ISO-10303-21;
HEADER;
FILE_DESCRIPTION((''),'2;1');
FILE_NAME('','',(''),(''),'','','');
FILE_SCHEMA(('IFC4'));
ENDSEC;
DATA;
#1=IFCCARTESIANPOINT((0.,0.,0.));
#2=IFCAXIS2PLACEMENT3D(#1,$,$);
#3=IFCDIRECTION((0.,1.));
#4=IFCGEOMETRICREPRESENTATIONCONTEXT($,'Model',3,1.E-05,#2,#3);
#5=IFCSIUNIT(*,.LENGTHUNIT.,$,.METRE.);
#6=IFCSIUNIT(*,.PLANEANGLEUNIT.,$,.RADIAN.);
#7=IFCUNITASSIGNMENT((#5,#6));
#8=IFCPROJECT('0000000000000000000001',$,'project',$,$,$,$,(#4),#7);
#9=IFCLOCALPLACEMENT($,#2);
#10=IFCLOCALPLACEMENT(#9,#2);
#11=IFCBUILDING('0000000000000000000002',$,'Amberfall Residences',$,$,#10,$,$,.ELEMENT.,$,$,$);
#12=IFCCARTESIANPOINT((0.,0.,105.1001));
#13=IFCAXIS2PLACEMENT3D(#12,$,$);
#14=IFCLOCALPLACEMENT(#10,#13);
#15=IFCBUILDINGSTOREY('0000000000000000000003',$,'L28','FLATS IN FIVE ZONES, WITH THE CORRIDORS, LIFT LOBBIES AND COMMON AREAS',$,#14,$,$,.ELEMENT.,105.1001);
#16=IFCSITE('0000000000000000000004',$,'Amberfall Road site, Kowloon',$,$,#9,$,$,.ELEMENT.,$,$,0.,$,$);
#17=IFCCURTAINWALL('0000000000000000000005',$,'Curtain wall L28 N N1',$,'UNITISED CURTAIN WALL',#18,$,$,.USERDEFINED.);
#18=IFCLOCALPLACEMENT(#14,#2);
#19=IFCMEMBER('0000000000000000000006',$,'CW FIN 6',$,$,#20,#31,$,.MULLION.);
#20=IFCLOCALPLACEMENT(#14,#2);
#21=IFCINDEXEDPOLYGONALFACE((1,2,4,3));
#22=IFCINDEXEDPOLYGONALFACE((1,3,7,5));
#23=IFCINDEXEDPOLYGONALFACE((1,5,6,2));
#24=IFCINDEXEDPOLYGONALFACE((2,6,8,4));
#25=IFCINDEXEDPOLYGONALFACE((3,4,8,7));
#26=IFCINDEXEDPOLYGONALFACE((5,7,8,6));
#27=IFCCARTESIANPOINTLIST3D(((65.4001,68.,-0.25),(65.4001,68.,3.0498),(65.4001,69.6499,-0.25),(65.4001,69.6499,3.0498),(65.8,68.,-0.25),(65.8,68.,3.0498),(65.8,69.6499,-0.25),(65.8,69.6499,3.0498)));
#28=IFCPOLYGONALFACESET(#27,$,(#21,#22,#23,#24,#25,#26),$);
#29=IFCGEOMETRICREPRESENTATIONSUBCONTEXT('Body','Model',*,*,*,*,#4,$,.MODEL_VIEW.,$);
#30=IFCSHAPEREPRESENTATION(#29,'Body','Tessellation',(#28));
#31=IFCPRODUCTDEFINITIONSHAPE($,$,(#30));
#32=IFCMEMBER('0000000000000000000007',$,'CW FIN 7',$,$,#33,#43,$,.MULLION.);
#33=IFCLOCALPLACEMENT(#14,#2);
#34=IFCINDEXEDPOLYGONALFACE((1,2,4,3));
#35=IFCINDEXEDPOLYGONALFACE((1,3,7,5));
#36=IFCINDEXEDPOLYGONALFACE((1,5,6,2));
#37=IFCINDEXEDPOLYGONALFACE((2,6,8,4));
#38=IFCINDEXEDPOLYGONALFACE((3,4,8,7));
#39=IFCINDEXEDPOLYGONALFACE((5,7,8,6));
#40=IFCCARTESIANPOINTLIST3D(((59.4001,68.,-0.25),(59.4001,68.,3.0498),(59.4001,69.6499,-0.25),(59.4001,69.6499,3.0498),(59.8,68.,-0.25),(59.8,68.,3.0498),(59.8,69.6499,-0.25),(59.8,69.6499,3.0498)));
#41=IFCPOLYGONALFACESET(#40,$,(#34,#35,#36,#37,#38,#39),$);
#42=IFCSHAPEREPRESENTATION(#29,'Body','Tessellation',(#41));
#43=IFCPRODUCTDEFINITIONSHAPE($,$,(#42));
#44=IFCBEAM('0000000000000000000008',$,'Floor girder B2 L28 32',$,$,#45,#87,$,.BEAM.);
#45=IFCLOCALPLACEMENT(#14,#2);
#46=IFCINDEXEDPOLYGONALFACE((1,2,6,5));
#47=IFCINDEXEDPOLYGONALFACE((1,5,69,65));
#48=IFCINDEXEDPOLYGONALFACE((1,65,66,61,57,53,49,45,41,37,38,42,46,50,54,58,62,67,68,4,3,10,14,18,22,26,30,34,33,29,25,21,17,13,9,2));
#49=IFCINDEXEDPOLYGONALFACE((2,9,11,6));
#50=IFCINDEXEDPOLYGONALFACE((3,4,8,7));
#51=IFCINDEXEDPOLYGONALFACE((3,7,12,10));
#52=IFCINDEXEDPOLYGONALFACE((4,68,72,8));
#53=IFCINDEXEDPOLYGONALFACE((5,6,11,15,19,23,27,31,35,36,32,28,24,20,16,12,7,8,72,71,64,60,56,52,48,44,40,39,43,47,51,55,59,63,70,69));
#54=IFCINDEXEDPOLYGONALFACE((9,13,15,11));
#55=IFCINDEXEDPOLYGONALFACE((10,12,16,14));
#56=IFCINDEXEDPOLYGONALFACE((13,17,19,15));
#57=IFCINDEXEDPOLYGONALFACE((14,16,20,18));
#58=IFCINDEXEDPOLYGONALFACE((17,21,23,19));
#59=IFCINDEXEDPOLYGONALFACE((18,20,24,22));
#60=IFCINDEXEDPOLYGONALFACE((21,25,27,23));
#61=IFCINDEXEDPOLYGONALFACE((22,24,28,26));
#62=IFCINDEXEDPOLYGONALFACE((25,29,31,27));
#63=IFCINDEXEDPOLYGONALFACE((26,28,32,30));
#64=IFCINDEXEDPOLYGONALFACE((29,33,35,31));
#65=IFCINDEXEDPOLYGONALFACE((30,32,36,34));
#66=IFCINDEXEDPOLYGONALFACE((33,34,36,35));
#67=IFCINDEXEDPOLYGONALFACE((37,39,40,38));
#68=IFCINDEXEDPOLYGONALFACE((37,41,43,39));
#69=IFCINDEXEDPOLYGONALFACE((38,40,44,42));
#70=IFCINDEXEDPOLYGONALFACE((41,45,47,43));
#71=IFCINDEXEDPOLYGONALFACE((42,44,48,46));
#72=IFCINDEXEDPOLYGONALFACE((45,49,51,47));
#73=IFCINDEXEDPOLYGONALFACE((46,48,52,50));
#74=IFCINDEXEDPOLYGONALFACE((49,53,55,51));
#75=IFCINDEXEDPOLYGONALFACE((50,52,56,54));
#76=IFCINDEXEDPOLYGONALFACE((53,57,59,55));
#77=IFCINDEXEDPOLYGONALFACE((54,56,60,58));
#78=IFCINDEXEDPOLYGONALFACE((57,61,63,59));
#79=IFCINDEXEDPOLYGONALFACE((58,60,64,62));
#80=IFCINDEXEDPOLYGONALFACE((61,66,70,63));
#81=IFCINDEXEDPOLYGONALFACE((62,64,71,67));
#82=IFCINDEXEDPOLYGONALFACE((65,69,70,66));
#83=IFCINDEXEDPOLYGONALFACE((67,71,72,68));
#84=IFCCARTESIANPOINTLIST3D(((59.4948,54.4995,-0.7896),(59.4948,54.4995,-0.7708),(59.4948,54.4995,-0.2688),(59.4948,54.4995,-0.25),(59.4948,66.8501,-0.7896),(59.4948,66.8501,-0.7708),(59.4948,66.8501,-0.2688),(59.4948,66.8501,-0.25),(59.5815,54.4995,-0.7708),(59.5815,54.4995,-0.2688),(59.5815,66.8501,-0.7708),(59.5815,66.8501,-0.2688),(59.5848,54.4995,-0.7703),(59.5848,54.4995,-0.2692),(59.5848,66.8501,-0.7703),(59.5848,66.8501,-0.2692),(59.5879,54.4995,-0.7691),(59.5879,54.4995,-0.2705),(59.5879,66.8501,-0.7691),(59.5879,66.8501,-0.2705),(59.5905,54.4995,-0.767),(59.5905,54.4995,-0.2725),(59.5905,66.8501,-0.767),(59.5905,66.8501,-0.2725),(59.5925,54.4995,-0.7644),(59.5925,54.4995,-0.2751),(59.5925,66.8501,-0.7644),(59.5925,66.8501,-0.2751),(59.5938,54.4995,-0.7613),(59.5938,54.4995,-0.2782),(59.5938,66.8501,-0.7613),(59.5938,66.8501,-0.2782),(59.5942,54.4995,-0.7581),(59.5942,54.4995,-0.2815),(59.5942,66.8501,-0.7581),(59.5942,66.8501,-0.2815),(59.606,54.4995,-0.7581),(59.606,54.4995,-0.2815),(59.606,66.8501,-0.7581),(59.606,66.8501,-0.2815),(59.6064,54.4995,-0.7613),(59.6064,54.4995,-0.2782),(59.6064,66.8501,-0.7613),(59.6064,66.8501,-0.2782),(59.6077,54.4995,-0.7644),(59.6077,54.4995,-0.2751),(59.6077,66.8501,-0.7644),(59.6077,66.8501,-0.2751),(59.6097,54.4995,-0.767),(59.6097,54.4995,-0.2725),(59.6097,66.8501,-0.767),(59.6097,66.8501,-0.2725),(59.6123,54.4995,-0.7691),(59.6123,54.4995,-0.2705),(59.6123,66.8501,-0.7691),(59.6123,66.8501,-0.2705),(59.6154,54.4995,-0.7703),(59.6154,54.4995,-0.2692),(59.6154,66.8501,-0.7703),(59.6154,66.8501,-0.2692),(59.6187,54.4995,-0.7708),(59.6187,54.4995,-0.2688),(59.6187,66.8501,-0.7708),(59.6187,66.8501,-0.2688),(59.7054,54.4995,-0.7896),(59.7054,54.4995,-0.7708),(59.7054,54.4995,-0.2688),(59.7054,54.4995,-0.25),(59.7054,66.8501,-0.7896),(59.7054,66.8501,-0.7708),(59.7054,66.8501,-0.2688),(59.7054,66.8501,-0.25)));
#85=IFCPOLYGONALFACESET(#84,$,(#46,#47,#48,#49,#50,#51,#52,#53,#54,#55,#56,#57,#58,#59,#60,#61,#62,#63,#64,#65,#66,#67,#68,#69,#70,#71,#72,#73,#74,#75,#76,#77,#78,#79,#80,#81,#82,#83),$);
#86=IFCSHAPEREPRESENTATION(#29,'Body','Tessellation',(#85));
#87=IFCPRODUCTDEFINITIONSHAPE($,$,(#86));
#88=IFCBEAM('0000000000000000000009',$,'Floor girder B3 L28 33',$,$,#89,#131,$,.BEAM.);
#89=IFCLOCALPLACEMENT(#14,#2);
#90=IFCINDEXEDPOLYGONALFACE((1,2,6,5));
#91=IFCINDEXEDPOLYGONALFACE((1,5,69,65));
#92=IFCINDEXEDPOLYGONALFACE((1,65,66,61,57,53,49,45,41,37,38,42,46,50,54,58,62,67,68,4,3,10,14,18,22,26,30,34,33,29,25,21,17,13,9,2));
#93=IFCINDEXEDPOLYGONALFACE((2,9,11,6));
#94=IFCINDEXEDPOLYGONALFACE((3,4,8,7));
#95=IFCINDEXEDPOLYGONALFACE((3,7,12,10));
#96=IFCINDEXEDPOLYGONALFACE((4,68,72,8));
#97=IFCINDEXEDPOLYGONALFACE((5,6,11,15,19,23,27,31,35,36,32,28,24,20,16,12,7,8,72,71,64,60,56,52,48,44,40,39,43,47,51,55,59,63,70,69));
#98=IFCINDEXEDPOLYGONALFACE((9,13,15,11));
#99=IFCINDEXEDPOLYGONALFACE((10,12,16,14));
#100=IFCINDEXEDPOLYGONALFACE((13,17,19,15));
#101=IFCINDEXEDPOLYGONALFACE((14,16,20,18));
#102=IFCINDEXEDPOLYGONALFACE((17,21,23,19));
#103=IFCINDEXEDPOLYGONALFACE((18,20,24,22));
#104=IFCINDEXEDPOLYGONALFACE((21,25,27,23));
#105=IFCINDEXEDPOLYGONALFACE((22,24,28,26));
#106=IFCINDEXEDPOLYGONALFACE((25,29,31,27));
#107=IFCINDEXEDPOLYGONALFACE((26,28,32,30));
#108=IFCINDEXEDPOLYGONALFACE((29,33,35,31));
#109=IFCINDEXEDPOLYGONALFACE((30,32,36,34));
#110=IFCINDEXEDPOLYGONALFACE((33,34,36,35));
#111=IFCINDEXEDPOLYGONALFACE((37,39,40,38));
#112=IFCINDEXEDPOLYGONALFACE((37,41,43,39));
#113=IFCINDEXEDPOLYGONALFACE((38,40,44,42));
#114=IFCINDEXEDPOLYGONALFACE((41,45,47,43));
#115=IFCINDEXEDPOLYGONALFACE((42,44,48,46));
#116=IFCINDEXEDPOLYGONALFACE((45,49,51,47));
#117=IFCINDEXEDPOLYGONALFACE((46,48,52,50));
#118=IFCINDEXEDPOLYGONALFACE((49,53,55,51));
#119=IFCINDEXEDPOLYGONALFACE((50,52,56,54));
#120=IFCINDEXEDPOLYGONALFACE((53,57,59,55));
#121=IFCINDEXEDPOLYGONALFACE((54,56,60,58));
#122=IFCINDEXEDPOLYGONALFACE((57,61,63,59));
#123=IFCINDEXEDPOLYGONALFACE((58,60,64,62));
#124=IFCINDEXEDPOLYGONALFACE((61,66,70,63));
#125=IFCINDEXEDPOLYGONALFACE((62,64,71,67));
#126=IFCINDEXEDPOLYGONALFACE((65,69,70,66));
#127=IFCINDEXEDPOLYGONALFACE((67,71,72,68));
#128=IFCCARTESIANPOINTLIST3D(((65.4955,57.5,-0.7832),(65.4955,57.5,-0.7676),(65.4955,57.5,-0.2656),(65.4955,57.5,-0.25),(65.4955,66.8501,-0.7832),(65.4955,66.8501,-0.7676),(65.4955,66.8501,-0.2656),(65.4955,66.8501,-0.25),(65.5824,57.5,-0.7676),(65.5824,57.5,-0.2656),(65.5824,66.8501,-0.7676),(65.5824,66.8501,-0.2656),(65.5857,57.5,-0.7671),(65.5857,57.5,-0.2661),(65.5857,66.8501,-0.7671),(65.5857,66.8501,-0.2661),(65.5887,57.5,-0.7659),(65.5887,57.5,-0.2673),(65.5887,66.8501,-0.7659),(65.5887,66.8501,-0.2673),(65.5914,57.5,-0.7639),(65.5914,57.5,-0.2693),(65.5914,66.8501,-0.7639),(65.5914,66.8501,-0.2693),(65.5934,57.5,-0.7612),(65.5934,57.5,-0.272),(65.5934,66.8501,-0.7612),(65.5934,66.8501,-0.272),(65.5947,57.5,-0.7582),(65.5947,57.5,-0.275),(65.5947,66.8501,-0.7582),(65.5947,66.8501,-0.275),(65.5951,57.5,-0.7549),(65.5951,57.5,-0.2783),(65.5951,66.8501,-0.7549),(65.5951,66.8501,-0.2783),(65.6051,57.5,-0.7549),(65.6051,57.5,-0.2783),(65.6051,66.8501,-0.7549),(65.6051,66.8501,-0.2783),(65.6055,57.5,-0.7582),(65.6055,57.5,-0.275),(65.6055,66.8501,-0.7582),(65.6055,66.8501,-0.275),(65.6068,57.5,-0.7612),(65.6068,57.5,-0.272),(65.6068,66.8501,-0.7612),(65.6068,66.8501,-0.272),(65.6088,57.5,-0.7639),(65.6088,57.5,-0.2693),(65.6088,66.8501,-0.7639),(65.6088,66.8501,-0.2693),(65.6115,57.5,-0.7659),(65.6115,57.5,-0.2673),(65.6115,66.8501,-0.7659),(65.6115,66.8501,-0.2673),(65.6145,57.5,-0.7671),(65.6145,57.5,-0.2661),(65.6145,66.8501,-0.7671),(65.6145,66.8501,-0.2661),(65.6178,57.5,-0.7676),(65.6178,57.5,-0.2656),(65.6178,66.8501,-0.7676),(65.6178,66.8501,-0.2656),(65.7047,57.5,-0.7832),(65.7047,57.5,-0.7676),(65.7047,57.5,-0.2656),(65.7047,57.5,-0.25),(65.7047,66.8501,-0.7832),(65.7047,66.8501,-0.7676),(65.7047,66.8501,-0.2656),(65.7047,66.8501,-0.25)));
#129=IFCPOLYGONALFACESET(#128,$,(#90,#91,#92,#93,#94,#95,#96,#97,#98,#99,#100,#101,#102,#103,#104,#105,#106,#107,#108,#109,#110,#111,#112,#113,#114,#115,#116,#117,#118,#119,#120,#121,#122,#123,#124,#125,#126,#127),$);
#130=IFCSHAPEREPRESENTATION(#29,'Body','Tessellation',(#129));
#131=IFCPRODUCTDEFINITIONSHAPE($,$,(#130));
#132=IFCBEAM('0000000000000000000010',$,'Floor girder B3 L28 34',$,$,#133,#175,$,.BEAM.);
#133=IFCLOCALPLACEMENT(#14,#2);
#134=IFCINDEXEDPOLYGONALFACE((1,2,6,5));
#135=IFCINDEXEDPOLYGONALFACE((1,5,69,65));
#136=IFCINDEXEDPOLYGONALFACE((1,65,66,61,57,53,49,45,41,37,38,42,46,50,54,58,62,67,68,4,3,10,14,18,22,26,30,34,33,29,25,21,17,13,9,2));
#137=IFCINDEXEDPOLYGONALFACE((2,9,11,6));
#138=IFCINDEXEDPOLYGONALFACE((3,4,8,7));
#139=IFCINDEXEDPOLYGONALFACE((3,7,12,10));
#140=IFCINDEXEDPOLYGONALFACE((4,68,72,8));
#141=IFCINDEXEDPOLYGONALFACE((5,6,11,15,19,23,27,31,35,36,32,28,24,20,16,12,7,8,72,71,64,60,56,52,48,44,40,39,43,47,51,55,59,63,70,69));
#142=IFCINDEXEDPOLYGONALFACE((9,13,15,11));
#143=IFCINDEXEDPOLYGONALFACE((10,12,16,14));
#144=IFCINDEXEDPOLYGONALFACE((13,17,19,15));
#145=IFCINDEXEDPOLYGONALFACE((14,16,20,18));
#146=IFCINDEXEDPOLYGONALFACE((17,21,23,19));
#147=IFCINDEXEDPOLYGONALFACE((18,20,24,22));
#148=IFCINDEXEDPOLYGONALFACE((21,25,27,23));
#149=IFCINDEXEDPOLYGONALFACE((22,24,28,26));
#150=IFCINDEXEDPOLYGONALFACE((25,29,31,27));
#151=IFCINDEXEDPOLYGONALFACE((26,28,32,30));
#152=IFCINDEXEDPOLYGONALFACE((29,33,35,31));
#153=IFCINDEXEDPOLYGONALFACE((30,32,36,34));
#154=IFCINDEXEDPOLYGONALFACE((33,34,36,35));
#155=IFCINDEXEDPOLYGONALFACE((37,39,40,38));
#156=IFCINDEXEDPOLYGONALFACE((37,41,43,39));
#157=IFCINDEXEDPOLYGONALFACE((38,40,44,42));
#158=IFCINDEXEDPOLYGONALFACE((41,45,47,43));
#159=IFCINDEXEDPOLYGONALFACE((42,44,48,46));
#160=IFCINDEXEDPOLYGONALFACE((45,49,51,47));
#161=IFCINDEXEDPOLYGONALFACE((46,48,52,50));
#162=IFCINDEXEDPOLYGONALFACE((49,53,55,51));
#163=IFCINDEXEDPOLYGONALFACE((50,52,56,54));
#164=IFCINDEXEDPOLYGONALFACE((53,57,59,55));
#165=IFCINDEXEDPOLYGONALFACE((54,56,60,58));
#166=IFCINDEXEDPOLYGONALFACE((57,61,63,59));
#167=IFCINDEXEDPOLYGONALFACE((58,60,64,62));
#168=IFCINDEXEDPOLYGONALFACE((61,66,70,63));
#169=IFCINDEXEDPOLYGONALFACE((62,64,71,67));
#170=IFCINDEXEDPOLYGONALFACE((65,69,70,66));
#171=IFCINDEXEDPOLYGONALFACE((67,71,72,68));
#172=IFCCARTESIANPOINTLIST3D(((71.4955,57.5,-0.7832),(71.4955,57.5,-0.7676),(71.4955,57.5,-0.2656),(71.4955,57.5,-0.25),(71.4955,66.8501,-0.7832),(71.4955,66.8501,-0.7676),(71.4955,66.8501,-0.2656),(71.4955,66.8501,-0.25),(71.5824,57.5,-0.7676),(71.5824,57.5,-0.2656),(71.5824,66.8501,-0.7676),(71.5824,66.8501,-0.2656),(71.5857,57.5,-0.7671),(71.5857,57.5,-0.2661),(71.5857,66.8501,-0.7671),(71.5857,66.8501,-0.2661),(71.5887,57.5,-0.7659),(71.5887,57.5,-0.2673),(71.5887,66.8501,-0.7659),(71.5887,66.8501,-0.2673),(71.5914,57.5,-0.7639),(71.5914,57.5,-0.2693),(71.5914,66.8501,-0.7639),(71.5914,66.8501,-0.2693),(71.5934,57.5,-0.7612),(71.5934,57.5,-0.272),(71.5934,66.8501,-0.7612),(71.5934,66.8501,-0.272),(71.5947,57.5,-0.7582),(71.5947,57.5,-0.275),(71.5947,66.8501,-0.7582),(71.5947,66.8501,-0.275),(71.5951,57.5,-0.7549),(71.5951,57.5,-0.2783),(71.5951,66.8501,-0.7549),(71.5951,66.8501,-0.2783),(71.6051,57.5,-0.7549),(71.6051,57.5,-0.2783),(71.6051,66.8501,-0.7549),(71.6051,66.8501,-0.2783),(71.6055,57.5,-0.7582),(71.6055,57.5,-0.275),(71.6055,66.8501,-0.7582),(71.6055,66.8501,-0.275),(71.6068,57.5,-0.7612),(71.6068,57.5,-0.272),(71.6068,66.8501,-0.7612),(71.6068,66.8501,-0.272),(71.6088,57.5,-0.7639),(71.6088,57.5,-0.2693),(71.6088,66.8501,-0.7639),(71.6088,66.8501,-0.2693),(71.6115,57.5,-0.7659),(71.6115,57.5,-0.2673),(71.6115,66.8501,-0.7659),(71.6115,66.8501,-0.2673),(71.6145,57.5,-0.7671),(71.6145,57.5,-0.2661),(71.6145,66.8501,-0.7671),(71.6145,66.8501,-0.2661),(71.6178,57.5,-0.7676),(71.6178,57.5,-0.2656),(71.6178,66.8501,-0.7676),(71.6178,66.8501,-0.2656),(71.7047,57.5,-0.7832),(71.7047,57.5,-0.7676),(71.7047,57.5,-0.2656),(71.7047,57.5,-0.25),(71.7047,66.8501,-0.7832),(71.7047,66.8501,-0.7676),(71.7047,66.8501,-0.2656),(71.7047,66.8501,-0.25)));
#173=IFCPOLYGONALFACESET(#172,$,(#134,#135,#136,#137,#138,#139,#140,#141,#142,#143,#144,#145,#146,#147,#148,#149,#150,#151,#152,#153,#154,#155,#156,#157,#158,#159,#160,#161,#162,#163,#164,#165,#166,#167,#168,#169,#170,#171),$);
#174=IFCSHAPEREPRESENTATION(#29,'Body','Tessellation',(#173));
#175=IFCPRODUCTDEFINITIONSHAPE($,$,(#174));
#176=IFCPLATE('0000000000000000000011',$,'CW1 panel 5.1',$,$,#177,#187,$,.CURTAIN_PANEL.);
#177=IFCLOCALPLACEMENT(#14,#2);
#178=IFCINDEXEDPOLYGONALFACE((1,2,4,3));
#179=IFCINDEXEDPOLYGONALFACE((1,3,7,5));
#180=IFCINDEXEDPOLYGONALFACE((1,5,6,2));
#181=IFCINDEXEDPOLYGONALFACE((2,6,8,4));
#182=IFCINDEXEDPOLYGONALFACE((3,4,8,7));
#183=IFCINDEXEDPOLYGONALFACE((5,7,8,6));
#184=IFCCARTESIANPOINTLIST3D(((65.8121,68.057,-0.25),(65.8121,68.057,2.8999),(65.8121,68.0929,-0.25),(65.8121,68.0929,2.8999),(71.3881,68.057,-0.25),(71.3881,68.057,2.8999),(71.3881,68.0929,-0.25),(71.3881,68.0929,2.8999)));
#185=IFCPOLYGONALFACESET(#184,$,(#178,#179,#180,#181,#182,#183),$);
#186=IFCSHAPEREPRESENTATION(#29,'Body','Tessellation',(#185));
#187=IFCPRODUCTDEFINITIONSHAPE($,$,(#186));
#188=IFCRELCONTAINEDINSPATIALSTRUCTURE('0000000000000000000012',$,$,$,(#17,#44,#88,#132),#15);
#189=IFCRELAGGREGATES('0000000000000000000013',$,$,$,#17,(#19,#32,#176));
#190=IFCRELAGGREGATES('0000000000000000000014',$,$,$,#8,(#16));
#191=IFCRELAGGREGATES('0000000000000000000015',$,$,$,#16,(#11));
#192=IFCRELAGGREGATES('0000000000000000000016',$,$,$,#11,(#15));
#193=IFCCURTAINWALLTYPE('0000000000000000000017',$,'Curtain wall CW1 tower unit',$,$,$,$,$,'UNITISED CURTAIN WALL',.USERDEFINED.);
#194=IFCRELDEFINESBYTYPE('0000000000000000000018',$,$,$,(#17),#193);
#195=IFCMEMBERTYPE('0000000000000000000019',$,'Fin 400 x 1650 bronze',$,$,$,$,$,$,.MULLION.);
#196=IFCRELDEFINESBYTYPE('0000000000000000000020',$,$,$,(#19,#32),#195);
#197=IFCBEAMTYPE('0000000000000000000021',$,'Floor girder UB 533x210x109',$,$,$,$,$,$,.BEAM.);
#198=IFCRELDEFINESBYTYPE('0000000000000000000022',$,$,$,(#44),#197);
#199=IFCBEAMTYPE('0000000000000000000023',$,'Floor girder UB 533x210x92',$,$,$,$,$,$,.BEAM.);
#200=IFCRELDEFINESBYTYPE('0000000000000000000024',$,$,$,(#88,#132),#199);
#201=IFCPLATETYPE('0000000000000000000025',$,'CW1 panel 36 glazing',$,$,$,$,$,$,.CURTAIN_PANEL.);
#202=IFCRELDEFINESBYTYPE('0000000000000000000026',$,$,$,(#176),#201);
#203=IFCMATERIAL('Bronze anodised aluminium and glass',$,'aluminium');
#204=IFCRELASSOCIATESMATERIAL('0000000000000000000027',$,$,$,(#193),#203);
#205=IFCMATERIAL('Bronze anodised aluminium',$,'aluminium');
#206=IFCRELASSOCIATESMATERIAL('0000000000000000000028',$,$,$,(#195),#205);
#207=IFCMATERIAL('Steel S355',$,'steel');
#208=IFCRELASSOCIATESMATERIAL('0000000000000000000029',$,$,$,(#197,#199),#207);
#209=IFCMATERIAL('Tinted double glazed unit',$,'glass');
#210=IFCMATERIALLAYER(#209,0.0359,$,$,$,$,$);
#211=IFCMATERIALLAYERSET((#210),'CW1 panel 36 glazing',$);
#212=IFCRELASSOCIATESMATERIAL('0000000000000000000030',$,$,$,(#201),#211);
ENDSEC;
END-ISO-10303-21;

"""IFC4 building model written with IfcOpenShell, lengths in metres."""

from ifc_helpers import new_model, si_unit, direction, frame, origin, origin_2d, place, context, subcontext, project, spatial, rectangle, i_section, extrude, material, layer, layer_set, material_profile, profile_set, type_object, element, aggregate, save


model = new_model("IFC4")

# Units and contexts
model_context = context("Model", 3, precision=1e-05, world=origin(), true_north=direction((0.0, 1.0)))
body_context = subcontext(model_context, "Body", "Model", "MODEL_VIEW")
ifc_project = project(units=[si_unit("LENGTHUNIT", "METRE"), si_unit("PLANEANGLEUNIT", "RADIAN")], contexts=[model_context])

# Site, building, storey
site_placement = place(None, origin())
site = spatial("IfcSite", under=ifc_project, at=site_placement, Name="Amberfall Road site, Kowloon", CompositionType="ELEMENT", RefElevation=0.0)
building_placement = place(site_placement, origin())
building = spatial("IfcBuilding", under=site, at=building_placement, Name="Amberfall Residences", CompositionType="ELEMENT")
storey_placement = place(building_placement, frame((0.0, 0.0, 105.1001)))
storey = spatial("IfcBuildingStorey", under=building, at=storey_placement, Name="L28", Description="FLATS IN FIVE ZONES, WITH THE CORRIDORS, LIFT LOBBIES AND COMMON AREAS", CompositionType="ELEMENT", Elevation=105.1001)

# Curtain wall
ifc_material_1 = material(Name="Bronze anodised aluminium and glass", Category="aluminium")
curtain_wall_type = type_object("IfcCurtainWallType", Name="Curtain wall CW1 tower unit", ElementType="UNITISED CURTAIN WALL", PredefinedType="USERDEFINED", material=ifc_material_1)
curtain_wall_placement = place(storey_placement, origin())
curtain_wall = element("IfcCurtainWall", 1, at=curtain_wall_placement, inside=storey, type_object=curtain_wall_type, Name="Curtain wall L28 N N1", ObjectType="UNITISED CURTAIN WALL", PredefinedType="USERDEFINED")
ifc_material_2 = material(Name="Bronze anodised aluminium", Category="aluminium")

# Shared definitions
ifc_material_3 = material(Name="Steel S355", Category="steel")

# Members
ifc_material_profile_1 = material_profile(ifc_material_2, rectangle(XDim=1.6499, YDim=0.3999, at=origin_2d()), Name="Fin 400 x 1650 bronze")
ifc_profile_set_1 = profile_set([ifc_material_profile_1], Name="Bronze anodised aluminium")
member_type_1 = type_object("IfcMemberType", Name="Fin 400 x 1650 bronze", PredefinedType="MULLION", material=ifc_profile_set_1)
member_1_placement = place(storey_placement, frame((65.6001, 68.825, -0.25), z_axis=(0.0, 0.0, 1.0), x_axis=(0.0, -1.0, 0.0)))
member_1 = element("IfcMember", 2, at=member_1_placement, type_object=member_type_1, Name="CW FIN 6", PredefinedType="MULLION", context=body_context, shape_type="SweptSolid", body=[
    extrude(rectangle(XDim=1.6499, YDim=0.3999, at=origin_2d()), origin(), (0.0, 0.0, 1.0), 3.2998),
])
member_2_placement = place(storey_placement, frame((59.6001, 68.825, -0.25), z_axis=(0.0, 0.0, 1.0), x_axis=(0.0, -1.0, 0.0)))
member_2 = element("IfcMember", 3, at=member_2_placement, type_object=member_type_1, Name="CW FIN 7", PredefinedType="MULLION", context=body_context, shape_type="SweptSolid", body=[
    extrude(rectangle(XDim=1.6499, YDim=0.3999, at=origin_2d()), origin(), (0.0, 0.0, 1.0), 3.2998),
])

# Beams
ifc_material_profile_2 = material_profile(ifc_material_3, i_section(OverallWidth=0.2107, OverallDepth=0.5396, WebThickness=0.0117, FlangeThickness=0.0188, FilletRadius=0.0127, at=origin_2d()), Name="UB 533x210x109")
ifc_profile_set_2 = profile_set([ifc_material_profile_2], Name="Steel S355")
beam_type_1 = type_object("IfcBeamType", Name="Floor girder UB 533x210x109", PredefinedType="BEAM", material=ifc_profile_set_2)
beam_placement = place(storey_placement, frame((59.6001, 66.8501, -0.5198), z_axis=(0.0, -1.0, 0.0), x_axis=(1.0, 0.0, 0.0)))
element("IfcBeam", 4, at=beam_placement, inside=storey, type_object=beam_type_1, Name="Floor girder B2 L28 32", PredefinedType="BEAM", context=body_context, shape_type="SweptSolid", body=[
    extrude(i_section(OverallWidth=0.2107, OverallDepth=0.5396, WebThickness=0.0117, FlangeThickness=0.0188, FilletRadius=0.0127, at=origin_2d()), origin(), (0.0, 0.0, 1.0), 12.3506),
])
ifc_material_profile_3 = material_profile(ifc_material_3, i_section(OverallWidth=0.2092, OverallDepth=0.5332, WebThickness=0.01, FlangeThickness=0.0156, FilletRadius=0.0127, at=origin_2d()), Name="UB 533x210x92")
ifc_profile_set_3 = profile_set([ifc_material_profile_3], Name="Steel S355")
beam_type_2 = type_object("IfcBeamType", Name="Floor girder UB 533x210x92", PredefinedType="BEAM", material=ifc_profile_set_3)
for number, where, z_axis, x_axis, name in (
    (5, (65.6001, 66.8501, -0.5166), (0.0, -1.0, 0.0), (1.0, 0.0, 0.0), "Floor girder B3 L28 33"),
    (6, (71.6001, 66.8501, -0.5166), (0.0, -1.0, 0.0), (1.0, 0.0, 0.0), "Floor girder B3 L28 34"),
):
    element("IfcBeam", number, at=place(storey_placement, frame(where, z_axis=z_axis, x_axis=x_axis)), inside=storey, type_object=beam_type_2, Name=name, PredefinedType="BEAM", context=body_context, shape_type="SweptSolid", body=[
        extrude(i_section(OverallWidth=0.2092, OverallDepth=0.5332, WebThickness=0.01, FlangeThickness=0.0156, FilletRadius=0.0127, at=origin_2d()), origin(), (0.0, 0.0, 1.0), 9.3501),
    ])

# Plate
ifc_material_4 = material(Name="Tinted double glazed unit", Category="glass")
ifc_layer_1 = layer(ifc_material_4, 0.0359)
ifc_layer_set_1 = layer_set([ifc_layer_1], Name="CW1 panel 36 glazing")
plate_type = type_object("IfcPlateType", Name="CW1 panel 36 glazing", PredefinedType="CURTAIN_PANEL", material=ifc_layer_set_1)
plate_1_placement = place(storey_placement, frame((68.6001, 68.075, -0.25), z_axis=(0.0, 0.0, 1.0), x_axis=(-1.0, 0.0, 0.0)))
plate_1 = element("IfcPlate", 7, at=plate_1_placement, type_object=plate_type, Name="CW1 panel 5.1", PredefinedType="CURTAIN_PANEL", context=body_context, shape_type="SweptSolid", body=[
    extrude(rectangle(XDim=5.5759, YDim=0.0359, at=origin_2d()), origin(), (0.0, 0.0, 1.0), 3.1499),
])
aggregate(curtain_wall, [member_1, member_2, plate_1])

save(model, "model.ifc")
